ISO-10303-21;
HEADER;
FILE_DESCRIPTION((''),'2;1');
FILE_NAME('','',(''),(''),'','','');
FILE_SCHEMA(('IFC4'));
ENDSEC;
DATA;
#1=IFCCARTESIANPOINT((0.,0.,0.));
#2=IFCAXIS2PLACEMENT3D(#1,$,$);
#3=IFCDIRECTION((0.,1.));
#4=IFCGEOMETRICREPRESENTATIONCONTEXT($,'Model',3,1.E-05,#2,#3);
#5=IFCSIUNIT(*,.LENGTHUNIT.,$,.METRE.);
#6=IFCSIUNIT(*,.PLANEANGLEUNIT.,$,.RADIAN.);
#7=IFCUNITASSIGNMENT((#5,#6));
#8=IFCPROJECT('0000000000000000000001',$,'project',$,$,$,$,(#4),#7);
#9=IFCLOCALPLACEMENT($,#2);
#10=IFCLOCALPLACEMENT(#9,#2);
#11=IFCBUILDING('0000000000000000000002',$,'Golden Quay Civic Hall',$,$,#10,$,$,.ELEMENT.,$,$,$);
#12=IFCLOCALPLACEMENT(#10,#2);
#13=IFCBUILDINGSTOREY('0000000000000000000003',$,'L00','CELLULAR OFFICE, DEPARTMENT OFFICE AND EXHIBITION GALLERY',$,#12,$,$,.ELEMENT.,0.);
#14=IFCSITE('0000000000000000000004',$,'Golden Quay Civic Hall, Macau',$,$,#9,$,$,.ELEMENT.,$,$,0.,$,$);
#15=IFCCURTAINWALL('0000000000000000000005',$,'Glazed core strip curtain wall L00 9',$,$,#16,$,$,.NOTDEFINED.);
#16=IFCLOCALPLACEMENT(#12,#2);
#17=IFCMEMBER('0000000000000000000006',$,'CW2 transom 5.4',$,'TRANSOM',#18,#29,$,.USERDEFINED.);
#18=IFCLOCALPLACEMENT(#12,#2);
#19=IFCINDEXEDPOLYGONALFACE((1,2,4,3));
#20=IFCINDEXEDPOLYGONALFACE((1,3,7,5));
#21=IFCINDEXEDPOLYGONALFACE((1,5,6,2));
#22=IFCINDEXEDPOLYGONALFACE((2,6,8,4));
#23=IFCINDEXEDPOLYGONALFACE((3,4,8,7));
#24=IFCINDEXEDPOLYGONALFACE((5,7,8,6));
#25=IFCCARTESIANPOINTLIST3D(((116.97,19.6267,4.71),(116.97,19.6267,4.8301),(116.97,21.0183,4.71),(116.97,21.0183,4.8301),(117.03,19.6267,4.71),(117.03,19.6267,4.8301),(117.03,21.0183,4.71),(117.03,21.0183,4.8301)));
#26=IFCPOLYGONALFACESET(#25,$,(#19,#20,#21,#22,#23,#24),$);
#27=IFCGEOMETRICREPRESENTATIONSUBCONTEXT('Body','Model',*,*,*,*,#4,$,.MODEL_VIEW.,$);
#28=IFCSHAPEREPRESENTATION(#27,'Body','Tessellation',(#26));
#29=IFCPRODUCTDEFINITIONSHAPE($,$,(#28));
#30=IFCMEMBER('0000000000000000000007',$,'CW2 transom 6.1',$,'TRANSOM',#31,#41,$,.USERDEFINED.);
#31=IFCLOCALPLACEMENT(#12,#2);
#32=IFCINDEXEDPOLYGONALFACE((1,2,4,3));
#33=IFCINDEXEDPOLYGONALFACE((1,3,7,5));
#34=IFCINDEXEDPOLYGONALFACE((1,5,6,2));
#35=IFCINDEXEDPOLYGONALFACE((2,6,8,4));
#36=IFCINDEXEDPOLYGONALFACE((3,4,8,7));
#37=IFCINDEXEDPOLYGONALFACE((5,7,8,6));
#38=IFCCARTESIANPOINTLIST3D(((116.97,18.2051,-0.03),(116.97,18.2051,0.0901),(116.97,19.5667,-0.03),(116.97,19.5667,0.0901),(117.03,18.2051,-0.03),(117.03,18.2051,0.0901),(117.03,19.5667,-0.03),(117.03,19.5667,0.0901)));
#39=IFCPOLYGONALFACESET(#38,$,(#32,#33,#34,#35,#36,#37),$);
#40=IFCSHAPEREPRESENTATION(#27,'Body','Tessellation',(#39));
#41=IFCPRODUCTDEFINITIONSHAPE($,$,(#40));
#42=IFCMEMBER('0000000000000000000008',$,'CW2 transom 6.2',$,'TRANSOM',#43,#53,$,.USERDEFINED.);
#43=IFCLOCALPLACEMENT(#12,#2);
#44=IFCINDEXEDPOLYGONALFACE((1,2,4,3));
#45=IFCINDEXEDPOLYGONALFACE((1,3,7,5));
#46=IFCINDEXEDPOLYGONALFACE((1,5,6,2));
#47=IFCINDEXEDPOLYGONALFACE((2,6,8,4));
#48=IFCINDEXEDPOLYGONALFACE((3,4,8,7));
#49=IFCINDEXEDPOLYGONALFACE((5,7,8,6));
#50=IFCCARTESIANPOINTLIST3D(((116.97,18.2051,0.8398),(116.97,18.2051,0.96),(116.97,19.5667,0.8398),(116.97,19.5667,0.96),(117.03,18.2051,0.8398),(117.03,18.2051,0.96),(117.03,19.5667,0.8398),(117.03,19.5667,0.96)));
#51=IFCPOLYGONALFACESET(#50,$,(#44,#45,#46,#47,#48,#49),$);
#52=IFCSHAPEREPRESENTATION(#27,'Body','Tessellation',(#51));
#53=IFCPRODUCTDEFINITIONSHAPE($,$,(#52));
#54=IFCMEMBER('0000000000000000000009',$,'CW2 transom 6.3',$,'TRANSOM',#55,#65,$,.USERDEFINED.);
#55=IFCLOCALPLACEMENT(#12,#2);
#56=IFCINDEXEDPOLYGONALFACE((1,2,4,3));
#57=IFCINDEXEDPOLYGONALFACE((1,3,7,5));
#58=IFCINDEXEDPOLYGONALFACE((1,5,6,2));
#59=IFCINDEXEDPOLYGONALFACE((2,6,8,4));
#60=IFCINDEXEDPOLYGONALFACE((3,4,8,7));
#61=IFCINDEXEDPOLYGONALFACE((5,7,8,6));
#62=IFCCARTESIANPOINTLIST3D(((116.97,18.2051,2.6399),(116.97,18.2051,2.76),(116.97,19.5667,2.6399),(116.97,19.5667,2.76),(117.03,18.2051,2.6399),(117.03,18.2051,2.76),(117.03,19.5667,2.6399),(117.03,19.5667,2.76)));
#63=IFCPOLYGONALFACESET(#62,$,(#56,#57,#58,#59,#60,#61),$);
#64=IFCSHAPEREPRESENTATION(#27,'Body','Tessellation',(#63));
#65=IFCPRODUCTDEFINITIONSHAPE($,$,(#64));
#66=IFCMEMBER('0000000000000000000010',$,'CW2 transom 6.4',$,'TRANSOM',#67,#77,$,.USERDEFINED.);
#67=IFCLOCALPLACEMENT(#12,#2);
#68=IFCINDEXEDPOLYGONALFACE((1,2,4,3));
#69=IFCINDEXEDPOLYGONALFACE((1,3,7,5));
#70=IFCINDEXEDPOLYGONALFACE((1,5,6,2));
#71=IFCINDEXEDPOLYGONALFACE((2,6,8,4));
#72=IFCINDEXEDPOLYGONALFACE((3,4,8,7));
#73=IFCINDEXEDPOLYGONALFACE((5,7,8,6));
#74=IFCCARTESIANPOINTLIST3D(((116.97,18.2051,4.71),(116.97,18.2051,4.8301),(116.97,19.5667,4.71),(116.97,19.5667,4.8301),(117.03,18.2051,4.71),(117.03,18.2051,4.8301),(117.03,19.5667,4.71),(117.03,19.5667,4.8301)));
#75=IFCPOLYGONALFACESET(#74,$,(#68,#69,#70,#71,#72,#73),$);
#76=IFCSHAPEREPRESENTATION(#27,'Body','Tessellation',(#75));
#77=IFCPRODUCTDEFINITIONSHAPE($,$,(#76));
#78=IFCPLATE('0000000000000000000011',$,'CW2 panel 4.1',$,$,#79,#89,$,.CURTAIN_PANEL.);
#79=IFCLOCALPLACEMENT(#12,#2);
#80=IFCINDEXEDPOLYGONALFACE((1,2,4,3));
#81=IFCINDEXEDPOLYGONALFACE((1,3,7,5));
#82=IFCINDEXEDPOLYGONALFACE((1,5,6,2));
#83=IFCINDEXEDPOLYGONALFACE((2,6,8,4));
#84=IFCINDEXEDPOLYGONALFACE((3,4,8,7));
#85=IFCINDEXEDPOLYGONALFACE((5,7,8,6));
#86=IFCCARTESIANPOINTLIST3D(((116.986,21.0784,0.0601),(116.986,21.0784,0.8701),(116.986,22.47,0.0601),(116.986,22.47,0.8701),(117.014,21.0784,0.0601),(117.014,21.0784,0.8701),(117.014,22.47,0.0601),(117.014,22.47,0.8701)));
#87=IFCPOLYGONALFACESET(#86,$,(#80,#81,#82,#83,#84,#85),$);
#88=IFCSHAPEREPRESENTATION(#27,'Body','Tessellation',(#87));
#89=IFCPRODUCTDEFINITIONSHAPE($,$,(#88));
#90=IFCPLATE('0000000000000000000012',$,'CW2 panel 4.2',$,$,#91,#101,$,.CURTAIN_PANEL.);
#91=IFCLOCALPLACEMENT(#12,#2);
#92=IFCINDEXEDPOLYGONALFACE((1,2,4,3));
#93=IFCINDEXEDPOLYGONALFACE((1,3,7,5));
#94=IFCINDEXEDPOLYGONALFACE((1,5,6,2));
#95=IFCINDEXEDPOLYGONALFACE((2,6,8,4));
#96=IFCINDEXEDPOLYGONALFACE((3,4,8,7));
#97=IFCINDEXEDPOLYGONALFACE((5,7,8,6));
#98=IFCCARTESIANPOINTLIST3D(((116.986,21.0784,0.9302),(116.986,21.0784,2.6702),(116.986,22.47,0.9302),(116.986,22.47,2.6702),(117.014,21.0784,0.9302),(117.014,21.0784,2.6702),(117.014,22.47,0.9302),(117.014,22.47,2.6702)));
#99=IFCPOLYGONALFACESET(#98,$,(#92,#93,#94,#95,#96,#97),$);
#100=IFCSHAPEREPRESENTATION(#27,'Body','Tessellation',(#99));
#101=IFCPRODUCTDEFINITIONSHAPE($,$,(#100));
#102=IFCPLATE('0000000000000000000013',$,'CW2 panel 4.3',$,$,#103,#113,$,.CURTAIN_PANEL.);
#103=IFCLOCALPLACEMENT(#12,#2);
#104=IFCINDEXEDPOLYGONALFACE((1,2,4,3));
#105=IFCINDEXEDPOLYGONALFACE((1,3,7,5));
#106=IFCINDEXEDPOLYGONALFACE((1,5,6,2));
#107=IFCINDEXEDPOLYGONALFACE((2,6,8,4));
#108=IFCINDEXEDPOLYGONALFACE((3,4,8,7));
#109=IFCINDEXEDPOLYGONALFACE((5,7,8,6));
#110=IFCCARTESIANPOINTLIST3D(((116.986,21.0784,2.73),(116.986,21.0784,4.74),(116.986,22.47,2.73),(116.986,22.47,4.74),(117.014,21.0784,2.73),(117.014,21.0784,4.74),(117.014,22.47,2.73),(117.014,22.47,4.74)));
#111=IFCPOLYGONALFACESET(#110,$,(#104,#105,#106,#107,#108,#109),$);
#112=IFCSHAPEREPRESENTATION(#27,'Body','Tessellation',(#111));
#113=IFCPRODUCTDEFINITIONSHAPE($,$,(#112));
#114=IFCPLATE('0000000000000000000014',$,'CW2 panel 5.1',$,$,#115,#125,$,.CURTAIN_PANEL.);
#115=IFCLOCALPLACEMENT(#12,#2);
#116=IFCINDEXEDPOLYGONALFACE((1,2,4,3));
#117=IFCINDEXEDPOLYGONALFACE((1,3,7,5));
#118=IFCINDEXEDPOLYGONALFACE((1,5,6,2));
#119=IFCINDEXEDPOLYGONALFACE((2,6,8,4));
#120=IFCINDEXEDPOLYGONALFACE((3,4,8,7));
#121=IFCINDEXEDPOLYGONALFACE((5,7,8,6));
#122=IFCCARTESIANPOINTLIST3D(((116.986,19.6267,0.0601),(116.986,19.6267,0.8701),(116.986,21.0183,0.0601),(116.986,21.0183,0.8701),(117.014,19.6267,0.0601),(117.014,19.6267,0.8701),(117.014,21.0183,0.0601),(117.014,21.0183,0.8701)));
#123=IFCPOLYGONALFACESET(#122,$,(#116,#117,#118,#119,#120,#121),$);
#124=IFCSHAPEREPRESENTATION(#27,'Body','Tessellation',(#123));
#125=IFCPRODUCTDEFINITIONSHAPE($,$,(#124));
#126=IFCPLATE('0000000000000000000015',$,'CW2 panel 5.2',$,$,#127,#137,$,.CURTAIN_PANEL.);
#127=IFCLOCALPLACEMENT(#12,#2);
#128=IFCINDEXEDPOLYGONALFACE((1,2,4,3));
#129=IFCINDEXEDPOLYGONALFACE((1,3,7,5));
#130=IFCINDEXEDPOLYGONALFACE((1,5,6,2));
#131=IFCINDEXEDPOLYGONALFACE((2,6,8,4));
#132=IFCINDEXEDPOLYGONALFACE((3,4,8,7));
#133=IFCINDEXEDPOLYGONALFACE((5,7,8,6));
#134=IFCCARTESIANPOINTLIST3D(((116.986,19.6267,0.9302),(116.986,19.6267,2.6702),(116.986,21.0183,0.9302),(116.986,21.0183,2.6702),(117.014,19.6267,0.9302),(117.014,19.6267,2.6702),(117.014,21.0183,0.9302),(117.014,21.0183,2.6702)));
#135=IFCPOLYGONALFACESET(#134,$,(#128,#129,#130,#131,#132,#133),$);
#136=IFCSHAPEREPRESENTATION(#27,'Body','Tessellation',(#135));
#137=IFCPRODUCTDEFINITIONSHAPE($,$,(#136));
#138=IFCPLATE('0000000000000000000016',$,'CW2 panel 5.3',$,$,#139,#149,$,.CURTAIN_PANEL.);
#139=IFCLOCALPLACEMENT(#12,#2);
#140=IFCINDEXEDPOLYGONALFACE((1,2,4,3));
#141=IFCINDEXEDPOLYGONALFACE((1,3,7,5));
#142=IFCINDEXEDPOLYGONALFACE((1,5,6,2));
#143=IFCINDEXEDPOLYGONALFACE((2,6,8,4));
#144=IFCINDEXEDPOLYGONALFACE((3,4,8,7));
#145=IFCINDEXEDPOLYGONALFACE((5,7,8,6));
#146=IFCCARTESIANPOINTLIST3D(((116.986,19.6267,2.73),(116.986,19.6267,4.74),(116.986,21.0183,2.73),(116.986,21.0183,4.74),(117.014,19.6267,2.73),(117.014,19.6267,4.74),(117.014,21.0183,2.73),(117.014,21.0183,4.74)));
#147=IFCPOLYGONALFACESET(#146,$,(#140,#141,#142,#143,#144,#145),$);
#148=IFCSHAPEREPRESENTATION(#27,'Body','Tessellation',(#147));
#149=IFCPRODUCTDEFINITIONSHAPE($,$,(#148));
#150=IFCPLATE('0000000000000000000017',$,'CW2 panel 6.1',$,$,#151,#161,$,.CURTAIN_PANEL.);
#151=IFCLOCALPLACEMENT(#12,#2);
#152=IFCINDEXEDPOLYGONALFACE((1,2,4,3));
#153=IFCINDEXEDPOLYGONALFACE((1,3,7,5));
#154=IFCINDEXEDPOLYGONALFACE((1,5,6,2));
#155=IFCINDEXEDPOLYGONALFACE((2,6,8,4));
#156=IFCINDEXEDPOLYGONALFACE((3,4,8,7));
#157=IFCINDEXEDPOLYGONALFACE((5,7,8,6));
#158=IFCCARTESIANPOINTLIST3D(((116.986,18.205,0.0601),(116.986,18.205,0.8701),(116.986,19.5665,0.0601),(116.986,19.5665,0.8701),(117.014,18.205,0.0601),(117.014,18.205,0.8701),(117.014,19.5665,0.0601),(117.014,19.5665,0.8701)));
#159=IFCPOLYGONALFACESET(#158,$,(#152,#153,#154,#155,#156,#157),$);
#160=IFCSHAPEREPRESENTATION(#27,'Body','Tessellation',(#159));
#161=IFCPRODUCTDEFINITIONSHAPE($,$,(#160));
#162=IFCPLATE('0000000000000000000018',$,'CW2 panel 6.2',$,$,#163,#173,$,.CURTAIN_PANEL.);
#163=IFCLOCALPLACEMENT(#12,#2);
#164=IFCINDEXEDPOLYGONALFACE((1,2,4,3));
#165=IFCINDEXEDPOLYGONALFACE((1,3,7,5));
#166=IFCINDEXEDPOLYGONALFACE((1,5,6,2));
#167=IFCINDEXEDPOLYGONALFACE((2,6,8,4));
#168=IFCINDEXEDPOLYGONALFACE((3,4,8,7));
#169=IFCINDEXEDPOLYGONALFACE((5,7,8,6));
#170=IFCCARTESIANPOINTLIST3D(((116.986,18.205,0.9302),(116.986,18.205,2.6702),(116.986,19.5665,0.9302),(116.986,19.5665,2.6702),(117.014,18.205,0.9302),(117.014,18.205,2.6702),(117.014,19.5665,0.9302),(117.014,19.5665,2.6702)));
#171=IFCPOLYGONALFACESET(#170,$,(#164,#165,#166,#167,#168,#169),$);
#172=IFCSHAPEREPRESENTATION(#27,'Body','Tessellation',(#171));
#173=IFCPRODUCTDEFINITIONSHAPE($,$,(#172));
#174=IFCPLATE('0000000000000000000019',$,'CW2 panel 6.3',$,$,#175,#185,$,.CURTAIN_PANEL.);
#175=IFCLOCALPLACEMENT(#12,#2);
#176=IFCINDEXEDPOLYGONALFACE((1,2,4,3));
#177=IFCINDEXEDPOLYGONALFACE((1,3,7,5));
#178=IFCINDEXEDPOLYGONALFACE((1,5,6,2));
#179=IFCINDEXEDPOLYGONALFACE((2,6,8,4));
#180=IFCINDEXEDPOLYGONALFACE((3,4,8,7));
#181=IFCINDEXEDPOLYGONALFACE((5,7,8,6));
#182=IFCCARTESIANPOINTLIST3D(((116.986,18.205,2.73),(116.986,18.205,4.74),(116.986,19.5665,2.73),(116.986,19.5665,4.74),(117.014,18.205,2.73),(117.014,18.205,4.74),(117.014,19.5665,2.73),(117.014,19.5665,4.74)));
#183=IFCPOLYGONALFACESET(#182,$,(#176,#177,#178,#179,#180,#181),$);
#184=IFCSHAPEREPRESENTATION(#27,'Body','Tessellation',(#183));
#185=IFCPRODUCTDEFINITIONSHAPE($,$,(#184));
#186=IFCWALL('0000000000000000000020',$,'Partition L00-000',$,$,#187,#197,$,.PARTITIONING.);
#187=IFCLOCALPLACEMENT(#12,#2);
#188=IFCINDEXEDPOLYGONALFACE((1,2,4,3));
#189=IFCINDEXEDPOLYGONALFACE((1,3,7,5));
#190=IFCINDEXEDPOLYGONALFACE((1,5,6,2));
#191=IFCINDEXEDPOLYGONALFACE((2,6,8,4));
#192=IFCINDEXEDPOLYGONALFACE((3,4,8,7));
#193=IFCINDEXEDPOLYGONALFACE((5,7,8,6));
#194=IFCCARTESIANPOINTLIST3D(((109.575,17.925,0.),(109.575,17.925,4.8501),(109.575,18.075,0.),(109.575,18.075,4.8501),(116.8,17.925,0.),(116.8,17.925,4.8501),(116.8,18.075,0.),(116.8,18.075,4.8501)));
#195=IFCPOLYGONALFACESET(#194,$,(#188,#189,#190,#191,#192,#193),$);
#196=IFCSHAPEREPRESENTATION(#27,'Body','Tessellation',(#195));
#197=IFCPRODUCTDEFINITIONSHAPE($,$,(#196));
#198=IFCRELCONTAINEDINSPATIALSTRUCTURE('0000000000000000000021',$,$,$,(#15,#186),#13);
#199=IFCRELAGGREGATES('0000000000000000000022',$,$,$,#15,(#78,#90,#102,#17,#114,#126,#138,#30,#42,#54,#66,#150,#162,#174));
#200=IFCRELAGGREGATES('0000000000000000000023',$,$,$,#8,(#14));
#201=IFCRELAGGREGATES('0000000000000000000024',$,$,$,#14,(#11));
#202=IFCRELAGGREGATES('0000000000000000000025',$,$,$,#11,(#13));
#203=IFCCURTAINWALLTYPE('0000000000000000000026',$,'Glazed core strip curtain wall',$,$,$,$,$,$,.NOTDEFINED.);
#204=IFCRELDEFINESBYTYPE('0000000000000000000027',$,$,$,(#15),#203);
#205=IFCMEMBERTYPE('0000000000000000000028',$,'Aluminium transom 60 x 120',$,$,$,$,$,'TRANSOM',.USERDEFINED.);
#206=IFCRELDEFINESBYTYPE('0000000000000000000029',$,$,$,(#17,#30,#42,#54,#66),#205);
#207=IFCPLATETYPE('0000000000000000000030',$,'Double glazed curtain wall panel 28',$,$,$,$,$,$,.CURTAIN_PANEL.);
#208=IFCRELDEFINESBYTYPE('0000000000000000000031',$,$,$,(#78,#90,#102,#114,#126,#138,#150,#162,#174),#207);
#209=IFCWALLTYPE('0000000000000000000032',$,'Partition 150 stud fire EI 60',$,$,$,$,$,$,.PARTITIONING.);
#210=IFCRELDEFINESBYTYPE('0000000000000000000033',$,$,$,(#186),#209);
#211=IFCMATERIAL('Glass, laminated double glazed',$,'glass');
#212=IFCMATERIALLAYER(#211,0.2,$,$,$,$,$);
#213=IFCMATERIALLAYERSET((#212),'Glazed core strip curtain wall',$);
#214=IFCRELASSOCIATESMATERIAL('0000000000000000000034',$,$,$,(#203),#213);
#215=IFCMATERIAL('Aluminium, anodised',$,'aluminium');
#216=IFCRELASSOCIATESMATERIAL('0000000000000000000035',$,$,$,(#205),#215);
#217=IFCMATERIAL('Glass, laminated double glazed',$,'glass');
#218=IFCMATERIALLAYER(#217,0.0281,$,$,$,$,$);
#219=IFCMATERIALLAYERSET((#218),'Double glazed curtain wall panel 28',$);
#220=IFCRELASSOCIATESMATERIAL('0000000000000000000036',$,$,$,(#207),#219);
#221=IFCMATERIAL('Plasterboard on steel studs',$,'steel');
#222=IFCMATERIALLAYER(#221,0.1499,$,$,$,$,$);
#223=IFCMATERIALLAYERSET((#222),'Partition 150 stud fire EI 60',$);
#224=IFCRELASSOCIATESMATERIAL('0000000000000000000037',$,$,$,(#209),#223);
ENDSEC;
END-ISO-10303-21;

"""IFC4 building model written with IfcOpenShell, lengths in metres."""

from ifc_helpers import new_model, si_unit, direction, frame, frame_2d, origin, origin_2d, place, context, subcontext, project, spatial, rectangle, extrude, material, layer, layer_set, material_profile, profile_set, type_object, element, aggregate, save


model = new_model("IFC4")

# Units and contexts
model_context = context("Model", 3, precision=1e-05, world=origin(), true_north=direction((0.0, 1.0)))
body_context = subcontext(model_context, "Body", "Model", "MODEL_VIEW")
ifc_project = project(units=[si_unit("LENGTHUNIT", "METRE"), si_unit("PLANEANGLEUNIT", "RADIAN")], contexts=[model_context])

# Site, building, storey
site_placement = place(None, origin())
site = spatial("IfcSite", under=ifc_project, at=site_placement, Name="Golden Quay Civic Hall, Macau", CompositionType="ELEMENT", RefElevation=0.0)
building_placement = place(site_placement, origin())
building = spatial("IfcBuilding", under=site, at=building_placement, Name="Golden Quay Civic Hall", CompositionType="ELEMENT")
storey_placement = place(building_placement, origin())
storey = spatial("IfcBuildingStorey", under=building, at=storey_placement, Name="L00", Description="CELLULAR OFFICE, DEPARTMENT OFFICE AND EXHIBITION GALLERY", CompositionType="ELEMENT", Elevation=0.0)

# Curtain wall, members, plates
ifc_material_1 = material(Name="Glass, laminated double glazed", Category="glass")
ifc_layer_1 = layer(ifc_material_1, 0.2)
ifc_layer_set_1 = layer_set([ifc_layer_1], Name="Glazed core strip curtain wall")
curtain_wall_type = type_object("IfcCurtainWallType", Name="Glazed core strip curtain wall", PredefinedType="NOTDEFINED", material=ifc_layer_set_1)
curtain_wall_placement = place(storey_placement, origin())
curtain_wall = element("IfcCurtainWall", 1, at=curtain_wall_placement, inside=storey, type_object=curtain_wall_type, Name="Glazed core strip curtain wall L00 9", PredefinedType="NOTDEFINED")
ifc_material_2 = material(Name="Aluminium, anodised", Category="aluminium")
ifc_material_profile_1 = material_profile(ifc_material_2, rectangle(XDim=0.0601, YDim=0.1201, at=origin_2d()), Name="Aluminium 60 x 120")
ifc_profile_set_1 = profile_set([ifc_material_profile_1], Name="Aluminium, anodised")
member_type_1 = type_object("IfcMemberType", Name="Aluminium transom 60 x 120", ElementType="TRANSOM", PredefinedType="USERDEFINED", material=ifc_profile_set_1)
member_1_placement = place(storey_placement, frame((117.0, 21.0183, 4.77), z_axis=(0.0, -1.0, 0.0), x_axis=(1.0, 0.0, 0.0)))
member_1 = element("IfcMember", 2, at=member_1_placement, type_object=member_type_1, Name="CW2 transom 5.4", ObjectType="TRANSOM", PredefinedType="USERDEFINED", context=body_context, shape_type="SweptSolid", body=[
    extrude(rectangle(XDim=0.0601, YDim=0.1201, at=origin_2d()), origin(), (0.0, 0.0, 1.0), 1.3916),
])
member_2_placement = place(storey_placement, frame((117.0, 19.5667, 0.03), z_axis=(0.0, -1.0, 0.0), x_axis=(1.0, 0.0, 0.0)))
member_2 = element("IfcMember", 3, at=member_2_placement, type_object=member_type_1, Name="CW2 transom 6.1", ObjectType="TRANSOM", PredefinedType="USERDEFINED", context=body_context, shape_type="SweptSolid", body=[
    extrude(rectangle(XDim=0.0601, YDim=0.1201, at=origin_2d()), origin(), (0.0, 0.0, 1.0), 1.3616),
])
member_3_placement = place(storey_placement, frame((117.0, 19.5667, 0.8999), z_axis=(0.0, -1.0, 0.0), x_axis=(1.0, 0.0, 0.0)))
member_3 = element("IfcMember", 4, at=member_3_placement, type_object=member_type_1, Name="CW2 transom 6.2", ObjectType="TRANSOM", PredefinedType="USERDEFINED", context=body_context, shape_type="SweptSolid", body=[
    extrude(rectangle(XDim=0.0601, YDim=0.1201, at=origin_2d()), origin(), (0.0, 0.0, 1.0), 1.3616),
])
member_4_placement = place(storey_placement, frame((117.0, 19.5667, 2.7), z_axis=(0.0, -1.0, 0.0), x_axis=(1.0, 0.0, 0.0)))
member_4 = element("IfcMember", 5, at=member_4_placement, type_object=member_type_1, Name="CW2 transom 6.3", ObjectType="TRANSOM", PredefinedType="USERDEFINED", context=body_context, shape_type="SweptSolid", body=[
    extrude(rectangle(XDim=0.0601, YDim=0.1201, at=origin_2d()), origin(), (0.0, 0.0, 1.0), 1.3616),
])
member_5_placement = place(storey_placement, frame((117.0, 19.5667, 4.77), z_axis=(0.0, -1.0, 0.0), x_axis=(1.0, 0.0, 0.0)))
member_5 = element("IfcMember", 6, at=member_5_placement, type_object=member_type_1, Name="CW2 transom 6.4", ObjectType="TRANSOM", PredefinedType="USERDEFINED", context=body_context, shape_type="SweptSolid", body=[
    extrude(rectangle(XDim=0.0601, YDim=0.1201, at=origin_2d()), origin(), (0.0, 0.0, 1.0), 1.3616),
])
ifc_material_3 = material(Name="Glass, laminated double glazed", Category="glass")
ifc_layer_2 = layer(ifc_material_3, 0.0281)
ifc_layer_set_2 = layer_set([ifc_layer_2], Name="Double glazed curtain wall panel 28")
plate_type = type_object("IfcPlateType", Name="Double glazed curtain wall panel 28", PredefinedType="CURTAIN_PANEL", material=ifc_layer_set_2)
plate_1_placement = place(storey_placement, frame((117.0, 21.7742, 0.0601), z_axis=(0.0, 0.0, 1.0), x_axis=(0.0, -1.0, 0.0)))
plate_1 = element("IfcPlate", 7, at=plate_1_placement, type_object=plate_type, Name="CW2 panel 4.1", PredefinedType="CURTAIN_PANEL", context=body_context, shape_type="SweptSolid", body=[
    extrude(rectangle(XDim=1.3916, YDim=0.0281, at=origin_2d()), origin(), (0.0, 0.0, 1.0), 0.8101),
])
plate_2_placement = place(storey_placement, frame((117.0, 21.7742, 0.9302), z_axis=(0.0, 0.0, 1.0), x_axis=(0.0, -1.0, 0.0)))
plate_2 = element("IfcPlate", 8, at=plate_2_placement, type_object=plate_type, Name="CW2 panel 4.2", PredefinedType="CURTAIN_PANEL", context=body_context, shape_type="SweptSolid", body=[
    extrude(rectangle(XDim=1.3916, YDim=0.0281, at=origin_2d()), origin(), (0.0, 0.0, 1.0), 1.74),
])
plate_3_placement = place(storey_placement, frame((117.0, 21.7742, 2.73), z_axis=(0.0, 0.0, 1.0), x_axis=(0.0, -1.0, 0.0)))
plate_3 = element("IfcPlate", 9, at=plate_3_placement, type_object=plate_type, Name="CW2 panel 4.3", PredefinedType="CURTAIN_PANEL", context=body_context, shape_type="SweptSolid", body=[
    extrude(rectangle(XDim=1.3916, YDim=0.0281, at=origin_2d()), origin(), (0.0, 0.0, 1.0), 2.01),
])
plate_4_placement = place(storey_placement, frame((117.0, 20.3225, 0.0601), z_axis=(0.0, 0.0, 1.0), x_axis=(0.0, -1.0, 0.0)))
plate_4 = element("IfcPlate", 10, at=plate_4_placement, type_object=plate_type, Name="CW2 panel 5.1", PredefinedType="CURTAIN_PANEL", context=body_context, shape_type="SweptSolid", body=[
    extrude(rectangle(XDim=1.3916, YDim=0.0281, at=origin_2d()), origin(), (0.0, 0.0, 1.0), 0.8101),
])
plate_5_placement = place(storey_placement, frame((117.0, 20.3225, 0.9302), z_axis=(0.0, 0.0, 1.0), x_axis=(0.0, -1.0, 0.0)))
plate_5 = element("IfcPlate", 11, at=plate_5_placement, type_object=plate_type, Name="CW2 panel 5.2", PredefinedType="CURTAIN_PANEL", context=body_context, shape_type="SweptSolid", body=[
    extrude(rectangle(XDim=1.3916, YDim=0.0281, at=origin_2d()), origin(), (0.0, 0.0, 1.0), 1.74),
])
plate_6_placement = place(storey_placement, frame((117.0, 20.3225, 2.73), z_axis=(0.0, 0.0, 1.0), x_axis=(0.0, -1.0, 0.0)))
plate_6 = element("IfcPlate", 12, at=plate_6_placement, type_object=plate_type, Name="CW2 panel 5.3", PredefinedType="CURTAIN_PANEL", context=body_context, shape_type="SweptSolid", body=[
    extrude(rectangle(XDim=1.3916, YDim=0.0281, at=origin_2d()), origin(), (0.0, 0.0, 1.0), 2.01),
])
plate_7_placement = place(storey_placement, frame((117.0, 18.8857, 0.0601), z_axis=(0.0, 0.0, 1.0), x_axis=(0.0, -1.0, 0.0)))
plate_7 = element("IfcPlate", 13, at=plate_7_placement, type_object=plate_type, Name="CW2 panel 6.1", PredefinedType="CURTAIN_PANEL", context=body_context, shape_type="SweptSolid", body=[
    extrude(rectangle(XDim=1.3616, YDim=0.0281, at=origin_2d()), origin(), (0.0, 0.0, 1.0), 0.8101),
])
plate_8_placement = place(storey_placement, frame((117.0, 18.8857, 0.9302), z_axis=(0.0, 0.0, 1.0), x_axis=(0.0, -1.0, 0.0)))
plate_8 = element("IfcPlate", 14, at=plate_8_placement, type_object=plate_type, Name="CW2 panel 6.2", PredefinedType="CURTAIN_PANEL", context=body_context, shape_type="SweptSolid", body=[
    extrude(rectangle(XDim=1.3616, YDim=0.0281, at=origin_2d()), origin(), (0.0, 0.0, 1.0), 1.74),
])
plate_9_placement = place(storey_placement, frame((117.0, 18.8857, 2.73), z_axis=(0.0, 0.0, 1.0), x_axis=(0.0, -1.0, 0.0)))
plate_9 = element("IfcPlate", 15, at=plate_9_placement, type_object=plate_type, Name="CW2 panel 6.3", PredefinedType="CURTAIN_PANEL", context=body_context, shape_type="SweptSolid", body=[
    extrude(rectangle(XDim=1.3616, YDim=0.0281, at=origin_2d()), origin(), (0.0, 0.0, 1.0), 2.01),
])
aggregate(curtain_wall, [plate_1, plate_2, plate_3, member_1, plate_4, plate_5, plate_6, member_2, member_3, member_4, member_5, plate_7, plate_8, plate_9])

# Wall
ifc_material_4 = material(Name="Plasterboard on steel studs", Category="steel")
ifc_layer_3 = layer(ifc_material_4, 0.1499)
ifc_layer_set_3 = layer_set([ifc_layer_3], Name="Partition 150 stud fire EI 60")
wall_type = type_object("IfcWallType", Name="Partition 150 stud fire EI 60", PredefinedType="PARTITIONING", material=ifc_layer_set_3)
wall_placement = place(storey_placement, frame((109.575, 18.0, 0.0), z_axis=(0.0, 0.0, 1.0), x_axis=(1.0, 0.0, 0.0)))
element("IfcWall", 16, at=wall_placement, inside=storey, type_object=wall_type, Name="Partition L00-000", PredefinedType="PARTITIONING", context=body_context, shape_type="SweptSolid", body=[
    extrude(rectangle(XDim=7.2251, YDim=0.1499, at=frame_2d((3.6125, 0.0))), origin(), (0.0, 0.0, 1.0), 4.8501),
])

save(model, "model.ifc")
